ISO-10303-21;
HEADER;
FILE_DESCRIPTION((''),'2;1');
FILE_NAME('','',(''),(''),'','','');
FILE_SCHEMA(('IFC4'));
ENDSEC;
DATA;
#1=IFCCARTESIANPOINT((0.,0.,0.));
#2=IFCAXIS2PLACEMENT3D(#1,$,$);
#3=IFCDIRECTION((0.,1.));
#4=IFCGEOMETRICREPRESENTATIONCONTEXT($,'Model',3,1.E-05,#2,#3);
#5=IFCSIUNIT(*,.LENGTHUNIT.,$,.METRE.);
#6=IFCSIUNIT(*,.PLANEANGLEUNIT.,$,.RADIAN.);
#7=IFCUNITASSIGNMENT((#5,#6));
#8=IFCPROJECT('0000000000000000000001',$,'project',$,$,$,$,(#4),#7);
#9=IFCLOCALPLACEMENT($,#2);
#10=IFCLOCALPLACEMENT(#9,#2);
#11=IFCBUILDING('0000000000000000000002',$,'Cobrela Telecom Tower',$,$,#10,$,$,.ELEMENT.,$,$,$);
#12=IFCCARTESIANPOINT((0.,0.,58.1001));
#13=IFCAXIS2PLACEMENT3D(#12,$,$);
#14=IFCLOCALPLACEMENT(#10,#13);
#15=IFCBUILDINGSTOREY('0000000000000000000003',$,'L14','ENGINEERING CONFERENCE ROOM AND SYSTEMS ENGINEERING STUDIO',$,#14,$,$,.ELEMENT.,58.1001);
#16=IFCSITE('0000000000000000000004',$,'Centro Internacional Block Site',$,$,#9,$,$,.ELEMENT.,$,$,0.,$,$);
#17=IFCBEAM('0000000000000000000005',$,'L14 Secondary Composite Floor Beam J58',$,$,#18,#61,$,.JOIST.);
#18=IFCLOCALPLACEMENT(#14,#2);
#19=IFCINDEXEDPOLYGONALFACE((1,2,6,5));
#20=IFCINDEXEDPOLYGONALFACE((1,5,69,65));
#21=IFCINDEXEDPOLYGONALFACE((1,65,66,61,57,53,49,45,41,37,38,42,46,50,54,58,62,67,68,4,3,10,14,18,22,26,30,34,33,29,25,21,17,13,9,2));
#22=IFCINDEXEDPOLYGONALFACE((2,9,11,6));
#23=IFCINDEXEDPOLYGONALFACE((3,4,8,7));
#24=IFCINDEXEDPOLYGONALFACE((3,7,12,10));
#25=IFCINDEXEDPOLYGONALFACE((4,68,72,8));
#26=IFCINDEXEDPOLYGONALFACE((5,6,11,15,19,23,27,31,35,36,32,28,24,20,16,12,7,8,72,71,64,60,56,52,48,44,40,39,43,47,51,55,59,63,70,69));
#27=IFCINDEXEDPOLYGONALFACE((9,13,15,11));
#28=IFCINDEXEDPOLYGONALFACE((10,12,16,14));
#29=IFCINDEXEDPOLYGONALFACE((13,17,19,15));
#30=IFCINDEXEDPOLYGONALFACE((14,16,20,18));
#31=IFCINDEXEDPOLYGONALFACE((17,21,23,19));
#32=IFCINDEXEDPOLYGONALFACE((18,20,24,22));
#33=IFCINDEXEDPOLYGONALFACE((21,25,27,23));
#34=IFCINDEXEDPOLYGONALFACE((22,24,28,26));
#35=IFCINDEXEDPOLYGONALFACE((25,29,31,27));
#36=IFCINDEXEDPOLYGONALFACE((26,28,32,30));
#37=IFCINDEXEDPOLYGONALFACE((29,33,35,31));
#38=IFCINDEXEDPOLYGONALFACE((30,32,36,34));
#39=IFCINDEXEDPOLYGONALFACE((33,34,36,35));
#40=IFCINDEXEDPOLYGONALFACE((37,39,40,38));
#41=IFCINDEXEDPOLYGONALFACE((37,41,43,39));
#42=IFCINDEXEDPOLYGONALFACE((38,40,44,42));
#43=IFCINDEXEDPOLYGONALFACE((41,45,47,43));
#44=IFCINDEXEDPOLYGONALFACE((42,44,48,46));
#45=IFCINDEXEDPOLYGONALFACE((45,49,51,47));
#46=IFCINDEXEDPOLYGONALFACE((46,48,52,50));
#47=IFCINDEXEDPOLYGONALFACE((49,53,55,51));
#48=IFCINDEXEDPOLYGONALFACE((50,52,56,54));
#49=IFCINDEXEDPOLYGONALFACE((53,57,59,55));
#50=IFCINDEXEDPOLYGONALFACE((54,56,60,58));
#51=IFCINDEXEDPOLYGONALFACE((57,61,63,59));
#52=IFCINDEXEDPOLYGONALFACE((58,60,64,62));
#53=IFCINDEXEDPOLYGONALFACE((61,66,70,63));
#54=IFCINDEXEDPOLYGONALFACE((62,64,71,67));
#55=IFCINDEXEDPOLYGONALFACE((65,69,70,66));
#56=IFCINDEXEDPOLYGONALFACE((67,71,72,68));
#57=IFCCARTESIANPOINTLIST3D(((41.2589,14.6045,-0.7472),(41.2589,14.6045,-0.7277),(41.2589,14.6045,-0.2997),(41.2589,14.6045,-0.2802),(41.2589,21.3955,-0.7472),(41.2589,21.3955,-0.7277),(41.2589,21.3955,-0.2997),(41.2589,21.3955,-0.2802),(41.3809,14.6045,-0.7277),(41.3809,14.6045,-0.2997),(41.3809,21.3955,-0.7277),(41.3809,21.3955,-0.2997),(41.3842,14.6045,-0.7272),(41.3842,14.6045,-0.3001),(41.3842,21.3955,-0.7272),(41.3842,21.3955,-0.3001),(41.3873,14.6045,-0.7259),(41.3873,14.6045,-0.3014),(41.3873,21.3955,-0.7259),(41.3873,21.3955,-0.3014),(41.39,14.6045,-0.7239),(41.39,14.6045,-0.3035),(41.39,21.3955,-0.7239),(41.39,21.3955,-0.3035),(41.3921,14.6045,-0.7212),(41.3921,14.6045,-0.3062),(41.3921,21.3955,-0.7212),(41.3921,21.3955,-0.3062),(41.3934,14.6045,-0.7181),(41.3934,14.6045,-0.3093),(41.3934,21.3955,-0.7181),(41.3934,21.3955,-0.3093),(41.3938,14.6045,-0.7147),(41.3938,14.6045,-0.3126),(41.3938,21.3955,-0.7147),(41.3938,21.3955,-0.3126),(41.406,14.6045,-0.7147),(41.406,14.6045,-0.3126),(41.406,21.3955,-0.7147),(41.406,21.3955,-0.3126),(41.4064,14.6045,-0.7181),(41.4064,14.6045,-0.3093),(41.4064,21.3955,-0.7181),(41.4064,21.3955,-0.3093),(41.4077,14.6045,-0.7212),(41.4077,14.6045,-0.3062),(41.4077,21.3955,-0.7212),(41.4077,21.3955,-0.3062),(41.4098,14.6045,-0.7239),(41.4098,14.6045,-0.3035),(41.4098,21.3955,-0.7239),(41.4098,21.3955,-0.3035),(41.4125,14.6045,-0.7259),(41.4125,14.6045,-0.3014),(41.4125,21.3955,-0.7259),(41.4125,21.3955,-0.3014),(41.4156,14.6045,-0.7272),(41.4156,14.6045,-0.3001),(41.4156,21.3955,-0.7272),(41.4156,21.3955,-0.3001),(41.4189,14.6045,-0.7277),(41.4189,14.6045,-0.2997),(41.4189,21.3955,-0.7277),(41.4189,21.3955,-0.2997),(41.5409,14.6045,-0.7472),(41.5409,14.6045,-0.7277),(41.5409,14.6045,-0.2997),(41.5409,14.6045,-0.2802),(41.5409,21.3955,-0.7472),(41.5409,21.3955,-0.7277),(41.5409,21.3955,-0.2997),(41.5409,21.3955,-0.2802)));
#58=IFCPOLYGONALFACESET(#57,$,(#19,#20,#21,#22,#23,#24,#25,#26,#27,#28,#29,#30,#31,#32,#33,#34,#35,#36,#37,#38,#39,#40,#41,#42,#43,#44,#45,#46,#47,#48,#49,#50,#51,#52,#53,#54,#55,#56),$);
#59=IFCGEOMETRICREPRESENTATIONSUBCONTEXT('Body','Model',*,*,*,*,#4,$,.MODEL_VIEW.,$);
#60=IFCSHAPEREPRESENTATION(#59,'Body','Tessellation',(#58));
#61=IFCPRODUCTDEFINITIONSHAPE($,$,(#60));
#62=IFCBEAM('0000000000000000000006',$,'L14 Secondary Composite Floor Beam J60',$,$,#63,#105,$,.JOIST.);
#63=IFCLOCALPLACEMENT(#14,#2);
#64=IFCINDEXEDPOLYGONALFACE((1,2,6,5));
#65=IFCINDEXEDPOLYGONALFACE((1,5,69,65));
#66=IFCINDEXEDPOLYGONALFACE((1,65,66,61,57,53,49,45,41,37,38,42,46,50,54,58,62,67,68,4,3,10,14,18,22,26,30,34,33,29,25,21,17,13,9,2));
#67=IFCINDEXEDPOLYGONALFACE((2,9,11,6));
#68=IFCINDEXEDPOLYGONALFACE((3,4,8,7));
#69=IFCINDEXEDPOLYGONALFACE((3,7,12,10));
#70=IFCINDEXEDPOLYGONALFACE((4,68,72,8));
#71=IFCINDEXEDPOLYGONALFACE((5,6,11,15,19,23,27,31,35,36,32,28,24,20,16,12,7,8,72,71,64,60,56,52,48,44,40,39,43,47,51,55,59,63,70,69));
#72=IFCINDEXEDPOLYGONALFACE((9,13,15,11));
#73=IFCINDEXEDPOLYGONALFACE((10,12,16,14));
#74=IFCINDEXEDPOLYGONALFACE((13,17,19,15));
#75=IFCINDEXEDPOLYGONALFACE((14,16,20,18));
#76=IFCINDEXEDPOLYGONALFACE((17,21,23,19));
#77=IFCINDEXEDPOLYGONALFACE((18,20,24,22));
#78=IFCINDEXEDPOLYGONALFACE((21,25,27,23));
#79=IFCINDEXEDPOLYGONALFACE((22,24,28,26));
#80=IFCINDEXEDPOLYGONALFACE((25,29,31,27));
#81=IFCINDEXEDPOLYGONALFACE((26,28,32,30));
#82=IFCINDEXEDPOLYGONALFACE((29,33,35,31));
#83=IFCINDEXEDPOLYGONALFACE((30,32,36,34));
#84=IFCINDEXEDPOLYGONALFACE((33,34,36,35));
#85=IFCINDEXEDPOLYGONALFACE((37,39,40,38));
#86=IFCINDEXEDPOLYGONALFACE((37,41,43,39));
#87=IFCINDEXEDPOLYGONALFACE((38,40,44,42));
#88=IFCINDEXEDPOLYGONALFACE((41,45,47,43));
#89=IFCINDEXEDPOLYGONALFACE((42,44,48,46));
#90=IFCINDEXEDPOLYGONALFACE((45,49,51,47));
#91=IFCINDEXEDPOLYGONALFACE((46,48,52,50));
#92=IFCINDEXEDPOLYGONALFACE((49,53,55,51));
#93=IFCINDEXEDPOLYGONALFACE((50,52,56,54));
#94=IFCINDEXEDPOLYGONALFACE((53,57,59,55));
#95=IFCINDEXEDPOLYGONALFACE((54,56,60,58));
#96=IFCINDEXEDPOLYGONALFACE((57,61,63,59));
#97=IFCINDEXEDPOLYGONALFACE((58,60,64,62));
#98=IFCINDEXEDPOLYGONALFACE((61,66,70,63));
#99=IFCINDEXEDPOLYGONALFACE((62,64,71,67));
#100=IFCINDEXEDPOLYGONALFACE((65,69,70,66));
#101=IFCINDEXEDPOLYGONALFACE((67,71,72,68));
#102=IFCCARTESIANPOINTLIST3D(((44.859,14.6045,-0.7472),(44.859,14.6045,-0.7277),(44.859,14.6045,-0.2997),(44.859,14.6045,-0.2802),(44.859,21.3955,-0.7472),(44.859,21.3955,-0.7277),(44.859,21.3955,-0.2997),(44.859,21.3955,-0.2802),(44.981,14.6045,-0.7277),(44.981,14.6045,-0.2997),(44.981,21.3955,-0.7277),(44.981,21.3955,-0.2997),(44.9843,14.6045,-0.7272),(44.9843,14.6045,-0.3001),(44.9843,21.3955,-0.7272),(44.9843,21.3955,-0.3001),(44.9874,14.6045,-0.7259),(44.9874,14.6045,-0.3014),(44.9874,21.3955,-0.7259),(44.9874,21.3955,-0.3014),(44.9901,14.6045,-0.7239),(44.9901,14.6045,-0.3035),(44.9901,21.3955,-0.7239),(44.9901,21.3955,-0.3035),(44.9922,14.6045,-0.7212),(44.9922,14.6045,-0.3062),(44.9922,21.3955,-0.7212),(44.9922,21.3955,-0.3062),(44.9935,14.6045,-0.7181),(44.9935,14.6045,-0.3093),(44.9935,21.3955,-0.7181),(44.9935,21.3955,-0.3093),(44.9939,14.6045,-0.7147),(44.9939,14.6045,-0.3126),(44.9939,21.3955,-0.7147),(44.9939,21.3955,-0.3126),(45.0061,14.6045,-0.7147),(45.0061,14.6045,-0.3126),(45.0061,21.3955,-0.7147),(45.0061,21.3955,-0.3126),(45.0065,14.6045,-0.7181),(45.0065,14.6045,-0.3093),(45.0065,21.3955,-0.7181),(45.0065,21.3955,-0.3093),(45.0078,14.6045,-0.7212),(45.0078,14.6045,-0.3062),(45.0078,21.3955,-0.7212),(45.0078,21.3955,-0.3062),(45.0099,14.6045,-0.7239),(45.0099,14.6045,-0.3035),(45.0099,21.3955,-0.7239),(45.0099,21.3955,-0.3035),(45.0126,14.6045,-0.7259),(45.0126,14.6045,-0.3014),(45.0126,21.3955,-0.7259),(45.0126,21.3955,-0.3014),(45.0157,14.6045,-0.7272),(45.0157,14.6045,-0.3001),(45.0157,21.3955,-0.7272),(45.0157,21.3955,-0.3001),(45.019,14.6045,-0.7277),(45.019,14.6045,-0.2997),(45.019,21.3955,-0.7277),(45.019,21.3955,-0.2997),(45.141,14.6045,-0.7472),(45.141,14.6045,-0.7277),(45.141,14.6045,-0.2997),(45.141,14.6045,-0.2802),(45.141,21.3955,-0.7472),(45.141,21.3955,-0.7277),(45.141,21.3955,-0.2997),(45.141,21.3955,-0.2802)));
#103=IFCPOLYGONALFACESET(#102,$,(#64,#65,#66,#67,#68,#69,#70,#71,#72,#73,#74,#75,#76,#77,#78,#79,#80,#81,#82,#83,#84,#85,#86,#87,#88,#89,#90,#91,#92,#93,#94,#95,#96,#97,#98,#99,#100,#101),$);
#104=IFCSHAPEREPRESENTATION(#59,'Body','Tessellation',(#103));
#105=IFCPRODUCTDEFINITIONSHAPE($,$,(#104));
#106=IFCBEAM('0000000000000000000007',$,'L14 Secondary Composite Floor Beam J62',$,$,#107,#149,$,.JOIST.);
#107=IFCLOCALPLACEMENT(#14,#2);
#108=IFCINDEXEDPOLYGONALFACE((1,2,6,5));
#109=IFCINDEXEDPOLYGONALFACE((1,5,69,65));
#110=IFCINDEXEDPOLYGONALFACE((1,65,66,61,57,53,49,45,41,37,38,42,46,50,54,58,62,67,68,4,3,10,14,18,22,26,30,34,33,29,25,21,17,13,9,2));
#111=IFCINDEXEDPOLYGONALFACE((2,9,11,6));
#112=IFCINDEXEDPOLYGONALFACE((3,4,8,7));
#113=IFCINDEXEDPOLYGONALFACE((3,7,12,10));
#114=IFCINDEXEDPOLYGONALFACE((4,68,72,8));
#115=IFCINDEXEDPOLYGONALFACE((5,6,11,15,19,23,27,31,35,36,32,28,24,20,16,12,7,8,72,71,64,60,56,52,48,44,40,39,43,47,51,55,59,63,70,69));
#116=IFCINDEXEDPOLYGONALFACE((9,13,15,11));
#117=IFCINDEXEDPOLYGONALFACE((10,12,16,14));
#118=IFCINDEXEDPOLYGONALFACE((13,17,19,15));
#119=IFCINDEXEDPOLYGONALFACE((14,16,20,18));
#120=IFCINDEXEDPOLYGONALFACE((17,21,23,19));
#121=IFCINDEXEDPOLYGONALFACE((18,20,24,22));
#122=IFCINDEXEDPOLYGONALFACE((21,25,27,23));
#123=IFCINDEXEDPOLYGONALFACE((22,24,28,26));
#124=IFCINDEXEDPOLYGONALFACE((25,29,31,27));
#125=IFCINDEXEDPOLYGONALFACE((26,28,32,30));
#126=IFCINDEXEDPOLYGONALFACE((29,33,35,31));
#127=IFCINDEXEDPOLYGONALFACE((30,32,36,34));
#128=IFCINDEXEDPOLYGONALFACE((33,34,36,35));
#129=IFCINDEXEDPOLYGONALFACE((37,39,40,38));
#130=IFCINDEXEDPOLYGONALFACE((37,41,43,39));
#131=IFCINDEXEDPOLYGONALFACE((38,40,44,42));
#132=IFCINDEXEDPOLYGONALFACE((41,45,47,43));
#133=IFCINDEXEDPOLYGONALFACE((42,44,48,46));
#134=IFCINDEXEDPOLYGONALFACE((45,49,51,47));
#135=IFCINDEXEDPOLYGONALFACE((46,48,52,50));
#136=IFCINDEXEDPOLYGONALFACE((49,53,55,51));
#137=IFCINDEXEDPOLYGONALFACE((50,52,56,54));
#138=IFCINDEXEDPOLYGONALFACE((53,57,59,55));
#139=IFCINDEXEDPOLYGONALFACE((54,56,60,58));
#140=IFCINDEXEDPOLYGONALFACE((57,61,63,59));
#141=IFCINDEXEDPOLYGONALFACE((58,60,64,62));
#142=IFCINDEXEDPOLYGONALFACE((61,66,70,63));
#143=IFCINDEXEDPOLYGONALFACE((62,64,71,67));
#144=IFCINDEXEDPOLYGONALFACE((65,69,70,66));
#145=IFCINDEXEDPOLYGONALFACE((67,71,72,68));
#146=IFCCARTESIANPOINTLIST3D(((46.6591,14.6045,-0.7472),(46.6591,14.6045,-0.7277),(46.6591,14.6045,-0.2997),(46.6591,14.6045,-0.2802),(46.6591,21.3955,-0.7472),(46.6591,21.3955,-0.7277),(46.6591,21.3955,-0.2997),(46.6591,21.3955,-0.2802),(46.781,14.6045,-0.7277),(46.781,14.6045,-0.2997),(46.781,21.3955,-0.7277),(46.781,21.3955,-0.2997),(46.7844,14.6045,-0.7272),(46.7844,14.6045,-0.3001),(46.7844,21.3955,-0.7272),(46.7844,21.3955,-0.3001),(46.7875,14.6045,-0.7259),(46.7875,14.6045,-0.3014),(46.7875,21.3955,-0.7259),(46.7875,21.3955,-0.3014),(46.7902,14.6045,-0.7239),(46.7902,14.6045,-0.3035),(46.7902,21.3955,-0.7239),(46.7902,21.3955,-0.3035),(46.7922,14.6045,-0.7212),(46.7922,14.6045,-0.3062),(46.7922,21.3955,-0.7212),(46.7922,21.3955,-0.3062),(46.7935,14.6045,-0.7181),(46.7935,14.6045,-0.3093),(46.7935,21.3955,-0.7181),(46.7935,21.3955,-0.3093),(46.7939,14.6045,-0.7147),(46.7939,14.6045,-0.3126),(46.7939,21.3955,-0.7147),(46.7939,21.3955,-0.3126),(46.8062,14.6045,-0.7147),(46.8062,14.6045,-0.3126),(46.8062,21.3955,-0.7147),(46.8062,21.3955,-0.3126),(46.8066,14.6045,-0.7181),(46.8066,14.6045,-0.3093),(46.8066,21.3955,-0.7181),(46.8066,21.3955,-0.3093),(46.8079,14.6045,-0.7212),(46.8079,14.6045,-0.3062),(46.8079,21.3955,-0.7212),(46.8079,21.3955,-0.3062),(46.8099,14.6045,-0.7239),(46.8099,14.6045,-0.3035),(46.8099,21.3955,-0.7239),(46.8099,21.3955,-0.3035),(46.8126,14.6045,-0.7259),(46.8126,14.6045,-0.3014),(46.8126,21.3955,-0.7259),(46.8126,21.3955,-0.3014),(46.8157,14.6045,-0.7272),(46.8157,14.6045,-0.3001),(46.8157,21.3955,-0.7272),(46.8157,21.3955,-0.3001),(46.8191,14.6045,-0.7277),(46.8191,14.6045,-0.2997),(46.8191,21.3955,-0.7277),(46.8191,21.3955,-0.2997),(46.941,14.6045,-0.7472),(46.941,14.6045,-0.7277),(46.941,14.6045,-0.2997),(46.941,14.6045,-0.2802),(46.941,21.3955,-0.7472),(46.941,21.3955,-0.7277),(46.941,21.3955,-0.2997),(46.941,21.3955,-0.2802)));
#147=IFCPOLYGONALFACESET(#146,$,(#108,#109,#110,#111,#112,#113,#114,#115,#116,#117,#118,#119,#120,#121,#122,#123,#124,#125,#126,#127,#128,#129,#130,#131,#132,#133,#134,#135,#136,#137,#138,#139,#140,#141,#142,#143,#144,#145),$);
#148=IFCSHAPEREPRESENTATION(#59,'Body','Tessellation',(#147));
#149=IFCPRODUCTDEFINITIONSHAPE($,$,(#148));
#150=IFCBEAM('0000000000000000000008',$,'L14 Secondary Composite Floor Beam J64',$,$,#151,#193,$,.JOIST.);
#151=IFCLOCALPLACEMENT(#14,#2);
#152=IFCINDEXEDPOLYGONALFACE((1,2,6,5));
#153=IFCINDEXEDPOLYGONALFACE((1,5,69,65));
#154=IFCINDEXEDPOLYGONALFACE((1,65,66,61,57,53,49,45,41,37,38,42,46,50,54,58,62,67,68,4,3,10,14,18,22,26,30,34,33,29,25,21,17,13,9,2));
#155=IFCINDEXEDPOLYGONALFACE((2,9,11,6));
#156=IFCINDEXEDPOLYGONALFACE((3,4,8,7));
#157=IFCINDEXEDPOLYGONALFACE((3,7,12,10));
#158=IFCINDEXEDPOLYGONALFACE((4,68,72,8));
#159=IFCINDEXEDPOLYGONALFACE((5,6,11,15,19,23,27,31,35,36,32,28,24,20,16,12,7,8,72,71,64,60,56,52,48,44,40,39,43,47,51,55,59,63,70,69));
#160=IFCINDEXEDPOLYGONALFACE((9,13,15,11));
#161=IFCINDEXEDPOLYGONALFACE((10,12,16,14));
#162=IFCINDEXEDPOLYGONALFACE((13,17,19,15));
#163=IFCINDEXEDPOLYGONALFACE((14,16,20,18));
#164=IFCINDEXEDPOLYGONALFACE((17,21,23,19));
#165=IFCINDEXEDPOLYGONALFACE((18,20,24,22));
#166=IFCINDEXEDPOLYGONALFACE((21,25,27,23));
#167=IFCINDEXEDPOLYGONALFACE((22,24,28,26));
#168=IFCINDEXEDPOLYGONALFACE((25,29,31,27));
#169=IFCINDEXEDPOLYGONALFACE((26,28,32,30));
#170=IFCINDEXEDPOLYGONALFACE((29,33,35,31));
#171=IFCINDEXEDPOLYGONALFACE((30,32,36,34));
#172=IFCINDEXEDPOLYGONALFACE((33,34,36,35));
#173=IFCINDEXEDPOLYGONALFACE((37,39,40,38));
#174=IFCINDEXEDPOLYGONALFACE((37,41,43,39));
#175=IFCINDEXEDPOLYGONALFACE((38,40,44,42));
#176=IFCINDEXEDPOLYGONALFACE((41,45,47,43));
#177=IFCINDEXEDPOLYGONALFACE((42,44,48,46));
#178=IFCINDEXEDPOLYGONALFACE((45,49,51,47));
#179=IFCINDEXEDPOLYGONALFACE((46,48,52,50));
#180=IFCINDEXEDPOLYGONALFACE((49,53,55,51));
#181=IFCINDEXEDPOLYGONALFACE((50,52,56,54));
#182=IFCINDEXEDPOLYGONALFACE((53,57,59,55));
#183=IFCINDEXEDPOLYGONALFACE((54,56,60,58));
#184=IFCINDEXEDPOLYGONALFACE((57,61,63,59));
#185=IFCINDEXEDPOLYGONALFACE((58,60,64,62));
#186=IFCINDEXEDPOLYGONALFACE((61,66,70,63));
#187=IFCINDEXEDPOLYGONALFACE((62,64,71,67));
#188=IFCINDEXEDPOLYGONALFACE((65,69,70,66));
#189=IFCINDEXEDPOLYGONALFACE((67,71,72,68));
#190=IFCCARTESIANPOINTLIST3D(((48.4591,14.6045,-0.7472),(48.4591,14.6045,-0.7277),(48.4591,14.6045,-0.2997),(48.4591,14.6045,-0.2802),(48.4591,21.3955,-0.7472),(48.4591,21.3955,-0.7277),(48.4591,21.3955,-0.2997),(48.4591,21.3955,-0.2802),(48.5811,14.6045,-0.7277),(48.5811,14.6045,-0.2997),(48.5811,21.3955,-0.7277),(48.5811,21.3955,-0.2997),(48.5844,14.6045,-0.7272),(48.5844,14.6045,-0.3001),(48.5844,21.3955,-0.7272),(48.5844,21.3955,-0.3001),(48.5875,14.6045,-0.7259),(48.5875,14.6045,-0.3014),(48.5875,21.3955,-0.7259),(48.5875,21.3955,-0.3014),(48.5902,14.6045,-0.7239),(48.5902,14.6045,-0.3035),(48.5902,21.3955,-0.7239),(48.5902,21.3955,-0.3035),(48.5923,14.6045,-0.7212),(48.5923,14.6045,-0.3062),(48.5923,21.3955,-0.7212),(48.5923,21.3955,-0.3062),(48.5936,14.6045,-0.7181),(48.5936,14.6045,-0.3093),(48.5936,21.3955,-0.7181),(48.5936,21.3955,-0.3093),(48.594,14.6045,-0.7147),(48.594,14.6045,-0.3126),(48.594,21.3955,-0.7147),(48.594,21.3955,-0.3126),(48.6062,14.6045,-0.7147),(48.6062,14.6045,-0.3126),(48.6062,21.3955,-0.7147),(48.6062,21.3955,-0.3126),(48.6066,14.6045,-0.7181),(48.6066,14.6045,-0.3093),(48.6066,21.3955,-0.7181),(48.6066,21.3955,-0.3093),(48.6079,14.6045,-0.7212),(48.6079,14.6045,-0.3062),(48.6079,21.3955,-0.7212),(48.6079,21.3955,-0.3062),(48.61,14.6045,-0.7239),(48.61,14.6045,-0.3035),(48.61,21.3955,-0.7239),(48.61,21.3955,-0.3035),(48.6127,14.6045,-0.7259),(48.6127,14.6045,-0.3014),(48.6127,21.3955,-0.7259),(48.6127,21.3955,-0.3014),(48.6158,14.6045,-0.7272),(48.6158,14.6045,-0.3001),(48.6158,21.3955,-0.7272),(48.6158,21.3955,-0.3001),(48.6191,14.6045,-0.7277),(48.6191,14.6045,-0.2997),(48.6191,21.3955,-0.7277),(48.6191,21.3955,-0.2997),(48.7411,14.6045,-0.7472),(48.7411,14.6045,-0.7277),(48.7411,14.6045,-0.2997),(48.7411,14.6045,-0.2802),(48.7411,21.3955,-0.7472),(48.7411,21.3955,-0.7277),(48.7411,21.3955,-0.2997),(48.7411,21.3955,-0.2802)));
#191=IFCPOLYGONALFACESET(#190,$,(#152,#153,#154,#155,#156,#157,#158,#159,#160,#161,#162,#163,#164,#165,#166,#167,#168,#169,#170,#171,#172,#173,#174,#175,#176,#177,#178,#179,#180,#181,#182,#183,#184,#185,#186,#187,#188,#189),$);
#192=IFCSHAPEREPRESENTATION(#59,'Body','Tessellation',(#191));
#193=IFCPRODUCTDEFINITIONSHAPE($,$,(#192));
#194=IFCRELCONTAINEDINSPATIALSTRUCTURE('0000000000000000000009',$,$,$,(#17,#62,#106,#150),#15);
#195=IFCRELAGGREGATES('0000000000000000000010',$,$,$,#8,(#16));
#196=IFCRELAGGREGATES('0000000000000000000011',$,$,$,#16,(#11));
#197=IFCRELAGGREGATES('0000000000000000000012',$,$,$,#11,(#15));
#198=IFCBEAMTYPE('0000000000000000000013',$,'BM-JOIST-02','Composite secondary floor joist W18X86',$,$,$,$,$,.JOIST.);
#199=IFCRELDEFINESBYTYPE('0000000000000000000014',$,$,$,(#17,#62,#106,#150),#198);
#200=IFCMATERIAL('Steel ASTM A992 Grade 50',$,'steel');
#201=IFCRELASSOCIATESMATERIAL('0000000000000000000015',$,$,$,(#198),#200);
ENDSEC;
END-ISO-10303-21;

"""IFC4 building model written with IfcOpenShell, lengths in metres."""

from ifc_helpers import new_model, si_unit, direction, frame, origin, origin_2d, place, context, subcontext, project, spatial, i_section, extrude, material, material_profile, profile_set, type_object, element, save


model = new_model("IFC4")

# Units and contexts
model_context = context("Model", 3, precision=1e-05, world=origin(), true_north=direction((0.0, 1.0)))
body_context = subcontext(model_context, "Body", "Model", "MODEL_VIEW")
ifc_project = project(units=[si_unit("LENGTHUNIT", "METRE"), si_unit("PLANEANGLEUNIT", "RADIAN")], contexts=[model_context])

# Site, building, storey
site_placement = place(None, origin())
site = spatial("IfcSite", under=ifc_project, at=site_placement, Name="Centro Internacional Block Site", CompositionType="ELEMENT", RefElevation=0.0)
building_placement = place(site_placement, origin())
building = spatial("IfcBuilding", under=site, at=building_placement, Name="Cobrela Telecom Tower", CompositionType="ELEMENT")
storey_placement = place(building_placement, frame((0.0, 0.0, 58.1001)))
storey = spatial("IfcBuildingStorey", under=building, at=storey_placement, Name="L14", Description="ENGINEERING CONFERENCE ROOM AND SYSTEMS ENGINEERING STUDIO", CompositionType="ELEMENT", Elevation=58.1001)

# Shared definitions
ifc_material_1 = material(Name="Steel ASTM A992 Grade 50", Category="steel")

# Beams
ifc_material_profile_1 = material_profile(ifc_material_1, i_section(OverallWidth=0.282, OverallDepth=0.467, WebThickness=0.0122, FlangeThickness=0.0195, FilletRadius=0.0129, at=origin_2d()), Name="W18X86")
ifc_profile_set_1 = profile_set([ifc_material_profile_1], Name="Steel ASTM A992 Grade 50")
beam_type_1 = type_object("IfcBeamType", Name="BM-JOIST-02", Description="Composite secondary floor joist W18X86", PredefinedType="JOIST", material=ifc_profile_set_1)
for number, where, z_axis, x_axis, name in (
    (1, (41.3999, 14.6045, -0.5137), (0.0, 1.0, 0.0), (-1.0, 0.0, 0.0), "L14 Secondary Composite Floor Beam J58"),
    (2, (45.0, 14.6045, -0.5137), (0.0, 1.0, 0.0), (-1.0, 0.0, 0.0), "L14 Secondary Composite Floor Beam J60"),
    (3, (46.8, 14.6045, -0.5137), (0.0, 1.0, 0.0), (-1.0, 0.0, 0.0), "L14 Secondary Composite Floor Beam J62"),
    (4, (48.6001, 14.6045, -0.5137), (0.0, 1.0, 0.0), (-1.0, 0.0, 0.0), "L14 Secondary Composite Floor Beam J64"),
):
    element("IfcBeam", number, at=place(storey_placement, frame(where, z_axis=z_axis, x_axis=x_axis)), inside=storey, type_object=beam_type_1, Name=name, PredefinedType="JOIST", context=body_context, shape_type="SweptSolid", body=[
        extrude(i_section(OverallWidth=0.282, OverallDepth=0.467, WebThickness=0.0122, FlangeThickness=0.0195, FilletRadius=0.0129, at=origin_2d()), origin(), (0.0, 0.0, 1.0), 6.791),
    ])

save(model, "model.ifc")
